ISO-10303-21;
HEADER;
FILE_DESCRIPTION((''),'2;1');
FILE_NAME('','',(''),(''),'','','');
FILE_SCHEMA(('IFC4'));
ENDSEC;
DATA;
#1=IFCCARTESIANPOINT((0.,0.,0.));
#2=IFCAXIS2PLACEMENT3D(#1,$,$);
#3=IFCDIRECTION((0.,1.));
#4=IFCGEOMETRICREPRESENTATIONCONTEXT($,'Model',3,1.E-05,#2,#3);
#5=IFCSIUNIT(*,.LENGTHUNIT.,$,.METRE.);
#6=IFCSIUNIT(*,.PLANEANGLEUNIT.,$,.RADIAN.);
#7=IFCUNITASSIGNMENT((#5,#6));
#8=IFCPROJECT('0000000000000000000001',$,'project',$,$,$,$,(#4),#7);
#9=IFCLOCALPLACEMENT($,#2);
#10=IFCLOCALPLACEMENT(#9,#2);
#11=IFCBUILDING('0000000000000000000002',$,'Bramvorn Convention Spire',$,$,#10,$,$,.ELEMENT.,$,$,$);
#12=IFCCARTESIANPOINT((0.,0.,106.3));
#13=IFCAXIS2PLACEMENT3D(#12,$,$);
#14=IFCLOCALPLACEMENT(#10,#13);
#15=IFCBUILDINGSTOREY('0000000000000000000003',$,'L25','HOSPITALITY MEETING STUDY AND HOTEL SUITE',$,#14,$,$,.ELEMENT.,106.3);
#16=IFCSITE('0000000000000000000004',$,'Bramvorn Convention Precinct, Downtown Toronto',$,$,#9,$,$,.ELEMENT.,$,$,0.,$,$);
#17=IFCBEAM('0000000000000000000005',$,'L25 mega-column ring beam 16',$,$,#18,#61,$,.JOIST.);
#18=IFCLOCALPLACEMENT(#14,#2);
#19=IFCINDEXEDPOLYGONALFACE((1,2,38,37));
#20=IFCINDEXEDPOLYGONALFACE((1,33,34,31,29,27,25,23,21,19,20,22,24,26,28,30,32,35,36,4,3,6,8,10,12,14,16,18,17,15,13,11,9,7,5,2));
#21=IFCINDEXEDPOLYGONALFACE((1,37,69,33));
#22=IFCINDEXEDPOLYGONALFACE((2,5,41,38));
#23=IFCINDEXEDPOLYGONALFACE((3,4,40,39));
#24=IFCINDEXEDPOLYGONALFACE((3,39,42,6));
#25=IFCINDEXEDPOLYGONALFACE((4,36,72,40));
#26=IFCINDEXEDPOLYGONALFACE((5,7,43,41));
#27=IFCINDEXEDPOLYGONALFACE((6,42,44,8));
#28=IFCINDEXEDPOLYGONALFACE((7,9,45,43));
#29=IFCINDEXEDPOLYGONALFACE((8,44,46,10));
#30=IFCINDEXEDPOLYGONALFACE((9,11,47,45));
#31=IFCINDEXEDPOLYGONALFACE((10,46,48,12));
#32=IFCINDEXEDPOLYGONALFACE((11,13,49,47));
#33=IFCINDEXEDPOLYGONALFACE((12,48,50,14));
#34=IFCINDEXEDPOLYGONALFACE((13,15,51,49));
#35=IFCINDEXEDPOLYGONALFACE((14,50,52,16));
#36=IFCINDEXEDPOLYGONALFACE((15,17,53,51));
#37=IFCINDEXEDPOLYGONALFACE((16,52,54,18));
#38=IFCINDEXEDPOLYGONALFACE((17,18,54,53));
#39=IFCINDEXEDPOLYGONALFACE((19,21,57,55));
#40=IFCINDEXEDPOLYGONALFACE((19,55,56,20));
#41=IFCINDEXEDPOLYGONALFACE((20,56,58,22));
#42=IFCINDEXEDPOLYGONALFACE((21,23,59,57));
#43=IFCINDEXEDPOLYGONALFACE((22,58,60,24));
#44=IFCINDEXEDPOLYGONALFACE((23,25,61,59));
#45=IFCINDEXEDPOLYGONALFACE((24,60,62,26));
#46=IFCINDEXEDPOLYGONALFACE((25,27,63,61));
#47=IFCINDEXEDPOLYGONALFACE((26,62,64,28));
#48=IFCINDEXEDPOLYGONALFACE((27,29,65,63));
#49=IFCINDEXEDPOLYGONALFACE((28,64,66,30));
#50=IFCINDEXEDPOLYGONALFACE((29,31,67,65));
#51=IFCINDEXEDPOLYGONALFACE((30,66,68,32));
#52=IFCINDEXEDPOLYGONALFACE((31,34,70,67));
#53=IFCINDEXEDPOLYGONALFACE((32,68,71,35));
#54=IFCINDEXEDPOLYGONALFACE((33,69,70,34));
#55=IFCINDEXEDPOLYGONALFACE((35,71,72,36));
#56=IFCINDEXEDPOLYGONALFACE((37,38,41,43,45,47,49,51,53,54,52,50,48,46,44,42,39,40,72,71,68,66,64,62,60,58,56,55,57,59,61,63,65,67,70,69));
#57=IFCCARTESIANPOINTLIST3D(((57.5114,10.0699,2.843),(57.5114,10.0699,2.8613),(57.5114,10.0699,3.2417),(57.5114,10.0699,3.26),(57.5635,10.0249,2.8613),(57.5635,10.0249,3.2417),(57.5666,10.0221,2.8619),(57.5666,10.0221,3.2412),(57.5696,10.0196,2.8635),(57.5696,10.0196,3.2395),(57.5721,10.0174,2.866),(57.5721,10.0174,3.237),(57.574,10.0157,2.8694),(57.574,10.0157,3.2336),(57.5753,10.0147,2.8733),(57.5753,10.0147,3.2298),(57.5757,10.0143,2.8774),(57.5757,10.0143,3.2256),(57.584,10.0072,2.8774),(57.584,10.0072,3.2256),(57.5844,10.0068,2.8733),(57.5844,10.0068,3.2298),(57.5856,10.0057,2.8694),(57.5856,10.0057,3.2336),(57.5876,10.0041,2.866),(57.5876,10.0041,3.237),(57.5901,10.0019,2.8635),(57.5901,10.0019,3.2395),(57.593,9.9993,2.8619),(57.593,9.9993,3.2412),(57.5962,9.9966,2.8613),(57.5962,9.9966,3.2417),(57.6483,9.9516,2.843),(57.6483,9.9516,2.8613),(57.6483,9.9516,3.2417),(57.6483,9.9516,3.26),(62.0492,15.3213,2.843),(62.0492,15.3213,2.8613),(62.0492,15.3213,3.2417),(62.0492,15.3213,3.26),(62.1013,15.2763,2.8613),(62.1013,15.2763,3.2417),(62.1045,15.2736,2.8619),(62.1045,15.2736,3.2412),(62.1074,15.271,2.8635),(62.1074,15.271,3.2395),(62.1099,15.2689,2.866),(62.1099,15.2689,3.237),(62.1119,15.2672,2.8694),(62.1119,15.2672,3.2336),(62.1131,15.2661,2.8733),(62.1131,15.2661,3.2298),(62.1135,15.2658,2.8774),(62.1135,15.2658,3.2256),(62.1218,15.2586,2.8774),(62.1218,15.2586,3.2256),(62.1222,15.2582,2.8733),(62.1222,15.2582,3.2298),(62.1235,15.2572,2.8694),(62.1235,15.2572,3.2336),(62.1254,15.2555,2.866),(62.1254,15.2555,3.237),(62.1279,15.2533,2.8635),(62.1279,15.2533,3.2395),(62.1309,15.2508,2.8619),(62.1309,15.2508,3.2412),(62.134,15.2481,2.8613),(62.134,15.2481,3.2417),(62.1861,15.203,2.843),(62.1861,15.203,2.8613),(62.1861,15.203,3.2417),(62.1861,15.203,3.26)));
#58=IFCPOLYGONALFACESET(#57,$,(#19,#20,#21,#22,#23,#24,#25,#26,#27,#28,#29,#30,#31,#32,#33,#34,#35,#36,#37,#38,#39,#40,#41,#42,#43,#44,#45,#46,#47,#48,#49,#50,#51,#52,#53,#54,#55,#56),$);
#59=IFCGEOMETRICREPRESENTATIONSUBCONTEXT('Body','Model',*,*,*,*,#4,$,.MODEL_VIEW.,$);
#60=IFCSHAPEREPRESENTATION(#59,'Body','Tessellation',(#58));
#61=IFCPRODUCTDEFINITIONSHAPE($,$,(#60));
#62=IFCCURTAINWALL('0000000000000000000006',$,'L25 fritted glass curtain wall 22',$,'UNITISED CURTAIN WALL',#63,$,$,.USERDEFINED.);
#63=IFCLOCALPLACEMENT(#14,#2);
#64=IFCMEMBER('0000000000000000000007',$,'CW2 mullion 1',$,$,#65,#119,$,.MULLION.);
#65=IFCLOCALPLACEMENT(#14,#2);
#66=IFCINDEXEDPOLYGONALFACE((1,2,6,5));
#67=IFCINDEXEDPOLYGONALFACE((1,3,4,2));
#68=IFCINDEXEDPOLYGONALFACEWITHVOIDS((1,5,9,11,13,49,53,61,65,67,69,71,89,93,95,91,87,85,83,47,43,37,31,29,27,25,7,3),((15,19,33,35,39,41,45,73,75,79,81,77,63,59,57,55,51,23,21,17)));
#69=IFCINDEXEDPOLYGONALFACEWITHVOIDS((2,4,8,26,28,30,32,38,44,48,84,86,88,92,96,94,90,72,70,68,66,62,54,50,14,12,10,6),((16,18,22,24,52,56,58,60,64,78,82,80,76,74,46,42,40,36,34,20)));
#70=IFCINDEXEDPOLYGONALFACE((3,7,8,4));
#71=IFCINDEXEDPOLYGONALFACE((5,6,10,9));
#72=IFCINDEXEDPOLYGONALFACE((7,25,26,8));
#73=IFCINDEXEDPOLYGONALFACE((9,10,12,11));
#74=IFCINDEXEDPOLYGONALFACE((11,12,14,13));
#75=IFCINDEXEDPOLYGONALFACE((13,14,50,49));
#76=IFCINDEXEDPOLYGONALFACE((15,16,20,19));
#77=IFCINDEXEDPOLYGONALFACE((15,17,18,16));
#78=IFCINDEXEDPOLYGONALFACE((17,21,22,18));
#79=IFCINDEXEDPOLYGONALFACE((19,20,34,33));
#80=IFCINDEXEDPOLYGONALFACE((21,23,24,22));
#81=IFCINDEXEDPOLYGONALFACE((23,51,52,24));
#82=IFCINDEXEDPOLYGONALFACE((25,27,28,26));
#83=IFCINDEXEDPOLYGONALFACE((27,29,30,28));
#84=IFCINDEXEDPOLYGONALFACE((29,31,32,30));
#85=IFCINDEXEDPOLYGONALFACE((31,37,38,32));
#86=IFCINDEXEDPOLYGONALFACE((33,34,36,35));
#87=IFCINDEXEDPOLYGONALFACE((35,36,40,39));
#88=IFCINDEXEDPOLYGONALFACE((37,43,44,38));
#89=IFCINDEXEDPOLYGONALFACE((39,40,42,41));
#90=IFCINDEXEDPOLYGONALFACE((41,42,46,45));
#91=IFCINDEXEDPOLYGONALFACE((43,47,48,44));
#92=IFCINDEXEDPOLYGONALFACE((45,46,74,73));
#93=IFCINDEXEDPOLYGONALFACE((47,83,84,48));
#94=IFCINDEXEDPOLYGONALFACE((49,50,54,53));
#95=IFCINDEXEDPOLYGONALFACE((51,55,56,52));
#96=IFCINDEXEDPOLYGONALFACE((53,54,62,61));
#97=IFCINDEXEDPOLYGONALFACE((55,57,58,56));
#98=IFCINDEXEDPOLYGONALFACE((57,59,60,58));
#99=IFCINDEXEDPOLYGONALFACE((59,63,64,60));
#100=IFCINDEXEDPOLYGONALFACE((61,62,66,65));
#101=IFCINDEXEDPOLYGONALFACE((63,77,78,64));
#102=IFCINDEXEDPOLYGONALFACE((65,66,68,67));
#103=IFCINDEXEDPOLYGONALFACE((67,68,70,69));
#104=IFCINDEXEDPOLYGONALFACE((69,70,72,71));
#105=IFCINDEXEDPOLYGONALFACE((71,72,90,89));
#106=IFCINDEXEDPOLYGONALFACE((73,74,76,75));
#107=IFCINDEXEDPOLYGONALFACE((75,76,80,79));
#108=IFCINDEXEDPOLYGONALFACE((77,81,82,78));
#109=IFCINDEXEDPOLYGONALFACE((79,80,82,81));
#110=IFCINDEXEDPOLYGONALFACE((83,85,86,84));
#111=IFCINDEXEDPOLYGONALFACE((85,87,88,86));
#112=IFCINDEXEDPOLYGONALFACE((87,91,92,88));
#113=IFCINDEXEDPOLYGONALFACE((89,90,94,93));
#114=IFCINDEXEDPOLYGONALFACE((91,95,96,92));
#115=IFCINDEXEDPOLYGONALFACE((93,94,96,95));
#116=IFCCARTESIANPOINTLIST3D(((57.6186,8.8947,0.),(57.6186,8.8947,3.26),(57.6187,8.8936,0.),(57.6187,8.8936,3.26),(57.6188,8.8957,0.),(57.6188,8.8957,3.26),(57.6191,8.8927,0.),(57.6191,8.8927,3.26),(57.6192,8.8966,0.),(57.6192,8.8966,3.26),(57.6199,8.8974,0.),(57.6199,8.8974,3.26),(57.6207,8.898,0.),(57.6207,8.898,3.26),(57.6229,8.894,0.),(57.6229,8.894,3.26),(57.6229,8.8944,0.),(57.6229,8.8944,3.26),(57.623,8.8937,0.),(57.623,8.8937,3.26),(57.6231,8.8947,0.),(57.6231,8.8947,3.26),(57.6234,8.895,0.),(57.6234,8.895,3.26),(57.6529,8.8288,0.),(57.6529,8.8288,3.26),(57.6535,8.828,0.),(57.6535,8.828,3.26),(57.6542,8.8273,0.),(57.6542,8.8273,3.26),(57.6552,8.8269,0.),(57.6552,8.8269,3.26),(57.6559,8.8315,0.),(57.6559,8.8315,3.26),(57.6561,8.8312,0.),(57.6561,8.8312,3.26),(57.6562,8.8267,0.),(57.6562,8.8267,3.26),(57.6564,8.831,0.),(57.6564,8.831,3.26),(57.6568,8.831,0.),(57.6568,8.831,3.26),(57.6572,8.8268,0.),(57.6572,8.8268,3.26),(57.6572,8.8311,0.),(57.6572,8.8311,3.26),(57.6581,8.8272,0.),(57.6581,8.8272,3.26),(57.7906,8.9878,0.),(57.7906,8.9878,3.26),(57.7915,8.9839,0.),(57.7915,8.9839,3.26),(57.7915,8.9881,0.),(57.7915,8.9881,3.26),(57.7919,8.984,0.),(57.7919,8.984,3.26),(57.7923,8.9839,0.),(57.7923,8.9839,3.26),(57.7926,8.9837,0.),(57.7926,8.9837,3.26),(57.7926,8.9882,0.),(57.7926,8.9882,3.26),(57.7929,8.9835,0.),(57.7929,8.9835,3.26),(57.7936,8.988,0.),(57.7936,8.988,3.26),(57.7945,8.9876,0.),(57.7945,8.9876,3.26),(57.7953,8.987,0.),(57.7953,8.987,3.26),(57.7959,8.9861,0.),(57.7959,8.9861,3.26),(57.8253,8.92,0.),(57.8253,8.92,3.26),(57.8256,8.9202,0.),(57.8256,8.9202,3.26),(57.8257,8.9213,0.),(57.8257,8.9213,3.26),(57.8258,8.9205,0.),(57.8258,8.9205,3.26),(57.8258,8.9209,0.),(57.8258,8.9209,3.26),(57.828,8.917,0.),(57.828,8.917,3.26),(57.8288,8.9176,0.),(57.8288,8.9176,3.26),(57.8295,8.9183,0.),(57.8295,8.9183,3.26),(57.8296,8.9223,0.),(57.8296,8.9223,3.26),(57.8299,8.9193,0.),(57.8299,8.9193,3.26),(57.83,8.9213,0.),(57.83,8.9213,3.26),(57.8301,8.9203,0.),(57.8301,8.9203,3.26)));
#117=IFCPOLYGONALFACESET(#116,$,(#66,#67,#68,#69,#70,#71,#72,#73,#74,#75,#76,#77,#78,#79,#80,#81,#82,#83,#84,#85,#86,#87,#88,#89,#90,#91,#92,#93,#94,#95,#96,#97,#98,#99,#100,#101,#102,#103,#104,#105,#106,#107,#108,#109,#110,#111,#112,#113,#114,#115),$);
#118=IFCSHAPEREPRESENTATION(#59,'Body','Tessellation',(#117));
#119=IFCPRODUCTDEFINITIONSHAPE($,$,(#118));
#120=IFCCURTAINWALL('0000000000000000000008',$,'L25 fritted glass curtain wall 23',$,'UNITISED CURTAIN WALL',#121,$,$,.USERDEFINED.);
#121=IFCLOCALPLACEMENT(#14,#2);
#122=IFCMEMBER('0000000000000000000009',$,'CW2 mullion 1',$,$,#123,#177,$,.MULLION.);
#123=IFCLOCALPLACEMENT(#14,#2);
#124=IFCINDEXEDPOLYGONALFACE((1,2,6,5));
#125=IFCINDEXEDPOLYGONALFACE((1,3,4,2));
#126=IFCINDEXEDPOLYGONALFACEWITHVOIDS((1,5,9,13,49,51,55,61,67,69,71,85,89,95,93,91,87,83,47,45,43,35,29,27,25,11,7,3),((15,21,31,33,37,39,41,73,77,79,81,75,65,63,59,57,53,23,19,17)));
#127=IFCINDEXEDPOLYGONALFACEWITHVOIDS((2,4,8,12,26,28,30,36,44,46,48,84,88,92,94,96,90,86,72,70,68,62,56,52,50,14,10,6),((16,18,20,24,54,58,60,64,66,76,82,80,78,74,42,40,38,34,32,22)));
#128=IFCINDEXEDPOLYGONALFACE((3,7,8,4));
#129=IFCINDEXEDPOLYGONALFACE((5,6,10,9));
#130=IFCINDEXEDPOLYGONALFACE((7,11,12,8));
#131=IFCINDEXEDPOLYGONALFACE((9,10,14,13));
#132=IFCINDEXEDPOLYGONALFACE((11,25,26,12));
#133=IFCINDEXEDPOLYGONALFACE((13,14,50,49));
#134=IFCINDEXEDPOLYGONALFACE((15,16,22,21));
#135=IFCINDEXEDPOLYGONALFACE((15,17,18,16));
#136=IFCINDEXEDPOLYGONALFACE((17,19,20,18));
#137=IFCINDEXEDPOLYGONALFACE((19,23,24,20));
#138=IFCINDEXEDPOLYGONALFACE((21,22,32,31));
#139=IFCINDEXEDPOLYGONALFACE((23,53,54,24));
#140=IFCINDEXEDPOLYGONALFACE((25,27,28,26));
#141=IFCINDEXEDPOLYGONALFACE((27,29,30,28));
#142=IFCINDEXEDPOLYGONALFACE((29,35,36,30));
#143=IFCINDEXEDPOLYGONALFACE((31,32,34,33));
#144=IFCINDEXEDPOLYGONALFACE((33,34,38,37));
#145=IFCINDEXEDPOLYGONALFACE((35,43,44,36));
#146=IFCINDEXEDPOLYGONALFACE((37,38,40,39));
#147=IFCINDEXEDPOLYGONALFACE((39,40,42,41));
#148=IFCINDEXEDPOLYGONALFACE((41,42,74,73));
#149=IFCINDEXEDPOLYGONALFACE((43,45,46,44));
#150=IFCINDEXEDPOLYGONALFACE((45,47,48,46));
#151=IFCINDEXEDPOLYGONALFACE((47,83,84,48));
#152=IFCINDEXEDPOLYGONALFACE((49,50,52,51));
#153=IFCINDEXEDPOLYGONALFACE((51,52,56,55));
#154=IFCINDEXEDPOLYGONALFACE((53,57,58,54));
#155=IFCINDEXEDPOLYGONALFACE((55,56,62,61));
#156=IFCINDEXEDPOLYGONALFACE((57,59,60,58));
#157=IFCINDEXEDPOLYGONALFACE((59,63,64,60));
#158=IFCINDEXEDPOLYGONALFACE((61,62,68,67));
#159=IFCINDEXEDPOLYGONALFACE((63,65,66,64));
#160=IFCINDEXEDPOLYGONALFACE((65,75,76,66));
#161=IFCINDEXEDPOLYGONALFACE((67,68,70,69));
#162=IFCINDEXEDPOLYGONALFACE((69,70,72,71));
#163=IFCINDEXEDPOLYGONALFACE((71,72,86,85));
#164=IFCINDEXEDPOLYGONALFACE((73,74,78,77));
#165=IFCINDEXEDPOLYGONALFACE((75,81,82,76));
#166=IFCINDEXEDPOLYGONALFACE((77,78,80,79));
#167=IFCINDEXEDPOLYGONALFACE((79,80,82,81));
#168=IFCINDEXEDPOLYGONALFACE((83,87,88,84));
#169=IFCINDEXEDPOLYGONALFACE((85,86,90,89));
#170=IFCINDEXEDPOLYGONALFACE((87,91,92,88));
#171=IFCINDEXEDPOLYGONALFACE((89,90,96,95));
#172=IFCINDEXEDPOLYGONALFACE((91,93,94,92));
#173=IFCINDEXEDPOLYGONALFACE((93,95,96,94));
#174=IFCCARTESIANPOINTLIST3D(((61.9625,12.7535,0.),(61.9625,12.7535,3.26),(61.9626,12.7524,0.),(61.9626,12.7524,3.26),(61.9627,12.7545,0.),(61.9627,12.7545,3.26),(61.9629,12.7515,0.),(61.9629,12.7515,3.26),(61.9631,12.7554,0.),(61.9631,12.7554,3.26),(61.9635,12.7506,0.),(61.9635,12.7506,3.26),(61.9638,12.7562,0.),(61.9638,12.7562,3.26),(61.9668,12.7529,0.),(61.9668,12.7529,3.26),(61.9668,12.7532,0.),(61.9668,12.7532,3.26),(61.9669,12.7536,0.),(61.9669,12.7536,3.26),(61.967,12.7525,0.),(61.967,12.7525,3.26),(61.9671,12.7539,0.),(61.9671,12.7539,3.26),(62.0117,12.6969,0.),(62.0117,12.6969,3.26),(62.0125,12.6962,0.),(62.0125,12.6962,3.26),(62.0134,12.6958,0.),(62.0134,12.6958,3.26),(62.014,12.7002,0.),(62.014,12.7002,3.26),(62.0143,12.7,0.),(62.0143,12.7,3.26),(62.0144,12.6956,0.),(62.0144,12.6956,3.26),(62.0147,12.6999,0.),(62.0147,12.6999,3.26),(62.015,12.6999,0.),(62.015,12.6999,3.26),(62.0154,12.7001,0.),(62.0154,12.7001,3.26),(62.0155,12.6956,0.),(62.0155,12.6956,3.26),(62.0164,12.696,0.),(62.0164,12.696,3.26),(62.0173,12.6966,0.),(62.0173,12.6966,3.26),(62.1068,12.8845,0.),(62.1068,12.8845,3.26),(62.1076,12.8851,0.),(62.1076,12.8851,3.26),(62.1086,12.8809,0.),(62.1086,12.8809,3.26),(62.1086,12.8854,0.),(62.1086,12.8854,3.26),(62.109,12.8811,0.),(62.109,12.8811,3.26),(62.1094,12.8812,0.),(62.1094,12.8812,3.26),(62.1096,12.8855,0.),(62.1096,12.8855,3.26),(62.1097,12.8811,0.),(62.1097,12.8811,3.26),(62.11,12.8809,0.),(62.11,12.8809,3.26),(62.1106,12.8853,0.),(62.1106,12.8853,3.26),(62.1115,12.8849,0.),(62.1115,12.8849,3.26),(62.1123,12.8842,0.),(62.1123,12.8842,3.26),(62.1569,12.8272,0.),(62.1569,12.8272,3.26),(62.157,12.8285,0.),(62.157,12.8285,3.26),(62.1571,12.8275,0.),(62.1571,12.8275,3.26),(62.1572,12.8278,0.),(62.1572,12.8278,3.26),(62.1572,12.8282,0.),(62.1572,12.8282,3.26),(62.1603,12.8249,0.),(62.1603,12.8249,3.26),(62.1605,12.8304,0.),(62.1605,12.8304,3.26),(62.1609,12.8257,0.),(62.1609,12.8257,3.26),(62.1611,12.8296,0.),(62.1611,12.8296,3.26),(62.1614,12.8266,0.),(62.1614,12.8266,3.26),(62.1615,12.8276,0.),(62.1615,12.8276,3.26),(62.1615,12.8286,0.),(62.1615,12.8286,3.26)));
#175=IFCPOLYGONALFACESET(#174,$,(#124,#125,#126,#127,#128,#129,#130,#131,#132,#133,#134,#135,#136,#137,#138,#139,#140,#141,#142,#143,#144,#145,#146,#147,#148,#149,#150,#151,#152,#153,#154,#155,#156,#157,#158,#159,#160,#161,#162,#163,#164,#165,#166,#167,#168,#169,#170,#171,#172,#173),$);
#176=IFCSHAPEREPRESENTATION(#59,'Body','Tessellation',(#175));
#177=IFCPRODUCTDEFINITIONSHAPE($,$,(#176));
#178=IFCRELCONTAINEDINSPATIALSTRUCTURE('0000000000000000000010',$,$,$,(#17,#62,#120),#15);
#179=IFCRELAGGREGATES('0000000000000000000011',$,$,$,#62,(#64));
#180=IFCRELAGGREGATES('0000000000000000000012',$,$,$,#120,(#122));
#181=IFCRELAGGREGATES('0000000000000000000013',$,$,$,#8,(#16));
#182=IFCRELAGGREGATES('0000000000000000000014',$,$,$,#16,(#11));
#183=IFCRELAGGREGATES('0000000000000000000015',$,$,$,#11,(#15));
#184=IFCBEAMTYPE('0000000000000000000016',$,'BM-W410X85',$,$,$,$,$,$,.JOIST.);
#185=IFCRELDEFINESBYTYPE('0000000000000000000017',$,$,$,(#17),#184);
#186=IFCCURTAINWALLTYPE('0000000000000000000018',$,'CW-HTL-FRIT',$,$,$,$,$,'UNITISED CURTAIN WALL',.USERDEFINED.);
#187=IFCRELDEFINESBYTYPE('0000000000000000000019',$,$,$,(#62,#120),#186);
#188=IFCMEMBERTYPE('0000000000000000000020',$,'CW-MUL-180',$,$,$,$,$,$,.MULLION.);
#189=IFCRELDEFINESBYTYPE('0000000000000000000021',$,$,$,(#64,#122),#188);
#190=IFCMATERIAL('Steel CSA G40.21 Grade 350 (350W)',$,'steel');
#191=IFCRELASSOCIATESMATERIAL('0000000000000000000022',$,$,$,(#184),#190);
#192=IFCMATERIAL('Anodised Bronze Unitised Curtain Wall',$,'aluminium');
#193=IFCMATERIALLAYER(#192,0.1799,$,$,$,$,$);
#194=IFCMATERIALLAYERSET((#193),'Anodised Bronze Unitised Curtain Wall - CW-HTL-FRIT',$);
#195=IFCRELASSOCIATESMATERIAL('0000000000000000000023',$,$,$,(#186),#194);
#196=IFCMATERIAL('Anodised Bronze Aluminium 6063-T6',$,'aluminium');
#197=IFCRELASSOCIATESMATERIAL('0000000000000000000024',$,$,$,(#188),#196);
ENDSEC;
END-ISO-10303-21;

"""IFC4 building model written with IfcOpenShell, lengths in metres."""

from ifc_helpers import new_model, si_unit, direction, frame, origin, origin_2d, place, context, subcontext, project, spatial, hollow_rectangle, i_section, extrude, material, layer, layer_set, material_profile, profile_set, type_object, element, aggregate, save


model = new_model("IFC4")

# Units and contexts
model_context = context("Model", 3, precision=1e-05, world=origin(), true_north=direction((0.0, 1.0)))
body_context = subcontext(model_context, "Body", "Model", "MODEL_VIEW")
ifc_project = project(units=[si_unit("LENGTHUNIT", "METRE"), si_unit("PLANEANGLEUNIT", "RADIAN")], contexts=[model_context])

# Site, building, storey
site_placement = place(None, origin())
site = spatial("IfcSite", under=ifc_project, at=site_placement, Name="Bramvorn Convention Precinct, Downtown Toronto", CompositionType="ELEMENT", RefElevation=0.0)
building_placement = place(site_placement, origin())
building = spatial("IfcBuilding", under=site, at=building_placement, Name="Bramvorn Convention Spire", CompositionType="ELEMENT")
storey_placement = place(building_placement, frame((0.0, 0.0, 106.3)))
storey = spatial("IfcBuildingStorey", under=building, at=storey_placement, Name="L25", Description="HOSPITALITY MEETING STUDY AND HOTEL SUITE", CompositionType="ELEMENT", Elevation=106.3)

# Shared definitions
ifc_material_1 = material(Name="Steel CSA G40.21 Grade 350 (350W)", Category="steel")

# Beam
ifc_material_profile_1 = material_profile(ifc_material_1, i_section(OverallWidth=0.1809, OverallDepth=0.417, WebThickness=0.011, FlangeThickness=0.0183, FilletRadius=0.0161, at=origin_2d()))
ifc_profile_set_1 = profile_set([ifc_material_profile_1], Name="Steel CSA G40.21 Grade 350 (350W) - W410X85")
beam_type_1 = type_object("IfcBeamType", Name="BM-W410X85", PredefinedType="JOIST", material=ifc_profile_set_1)
beam_1_placement = place(storey_placement, frame((57.5798, 10.0107, 3.0515), z_axis=(0.653825, 0.756646, 0.0), x_axis=(-0.756646, 0.653825, 0.0)))
element("IfcBeam", 1, at=beam_1_placement, inside=storey, type_object=beam_type_1, Name="L25 mega-column ring beam 16", PredefinedType="JOIST", context=body_context, shape_type="SweptSolid", body=[
    extrude(i_section(OverallWidth=0.1809, OverallDepth=0.417, WebThickness=0.011, FlangeThickness=0.0183, FilletRadius=0.0161, at=origin_2d()), origin(), (0.0, 0.0, 1.0), 6.9404),
])

# Curtain wall, member
ifc_material_2 = material(Name="Anodised Bronze Unitised Curtain Wall", Category="aluminium")
ifc_layer_1 = layer(ifc_material_2, 0.1799)
ifc_layer_set_1 = layer_set([ifc_layer_1], Name="Anodised Bronze Unitised Curtain Wall - CW-HTL-FRIT")
curtain_wall_type = type_object("IfcCurtainWallType", Name="CW-HTL-FRIT", ElementType="UNITISED CURTAIN WALL", PredefinedType="USERDEFINED", material=ifc_layer_set_1)
curtain_wall_1_placement = place(storey_placement, origin())
curtain_wall_1 = element("IfcCurtainWall", 2, at=curtain_wall_1_placement, inside=storey, type_object=curtain_wall_type, Name="L25 fritted glass curtain wall 22", ObjectType="UNITISED CURTAIN WALL", PredefinedType="USERDEFINED")
ifc_material_3 = material(Name="Anodised Bronze Aluminium 6063-T6", Category="aluminium")
ifc_material_profile_2 = material_profile(ifc_material_3, hollow_rectangle(XDim=0.0801, YDim=0.2, WallThickness=0.0039, InnerFilletRadius=0.001, OuterFilletRadius=0.0039, at=origin_2d()))
ifc_profile_set_2 = profile_set([ifc_material_profile_2], Name="Anodised Bronze Aluminium 6063-T6 - CWM80X200")
member_type_1 = type_object("IfcMemberType", Name="CW-MUL-180", PredefinedType="MULLION", material=ifc_profile_set_2)
member_1_placement = place(storey_placement, frame((57.7244, 8.9075, 0.0), z_axis=(0.0, 0.0, 1.0), x_axis=(0.46736, -0.884067, 0.0)))
member_1 = element("IfcMember", 3, at=member_1_placement, type_object=member_type_1, Name="CW2 mullion 1", PredefinedType="MULLION", context=body_context, shape_type="SweptSolid", body=[
    extrude(hollow_rectangle(XDim=0.0801, YDim=0.2, WallThickness=0.0039, InnerFilletRadius=0.001, OuterFilletRadius=0.0039, at=origin_2d()), origin(), (0.0, 0.0, 1.0), 3.26),
])

# Curtain wall, member
curtain_wall_2_placement = place(storey_placement, origin())
curtain_wall_2 = element("IfcCurtainWall", 4, at=curtain_wall_2_placement, inside=storey, type_object=curtain_wall_type, Name="L25 fritted glass curtain wall 23", ObjectType="UNITISED CURTAIN WALL", PredefinedType="USERDEFINED")
member_2_placement = place(storey_placement, frame((62.062, 12.7905, 0.0), z_axis=(0.0, 0.0, 1.0), x_axis=(0.667934, -0.744221, 0.0)))
member_2 = element("IfcMember", 5, at=member_2_placement, type_object=member_type_1, Name="CW2 mullion 1", PredefinedType="MULLION", context=body_context, shape_type="SweptSolid", body=[
    extrude(hollow_rectangle(XDim=0.0801, YDim=0.2, WallThickness=0.0039, InnerFilletRadius=0.001, OuterFilletRadius=0.0039, at=origin_2d()), origin(), (0.0, 0.0, 1.0), 3.26),
])

aggregate(curtain_wall_1, [member_1])

aggregate(curtain_wall_2, [member_2])

save(model, "model.ifc")
